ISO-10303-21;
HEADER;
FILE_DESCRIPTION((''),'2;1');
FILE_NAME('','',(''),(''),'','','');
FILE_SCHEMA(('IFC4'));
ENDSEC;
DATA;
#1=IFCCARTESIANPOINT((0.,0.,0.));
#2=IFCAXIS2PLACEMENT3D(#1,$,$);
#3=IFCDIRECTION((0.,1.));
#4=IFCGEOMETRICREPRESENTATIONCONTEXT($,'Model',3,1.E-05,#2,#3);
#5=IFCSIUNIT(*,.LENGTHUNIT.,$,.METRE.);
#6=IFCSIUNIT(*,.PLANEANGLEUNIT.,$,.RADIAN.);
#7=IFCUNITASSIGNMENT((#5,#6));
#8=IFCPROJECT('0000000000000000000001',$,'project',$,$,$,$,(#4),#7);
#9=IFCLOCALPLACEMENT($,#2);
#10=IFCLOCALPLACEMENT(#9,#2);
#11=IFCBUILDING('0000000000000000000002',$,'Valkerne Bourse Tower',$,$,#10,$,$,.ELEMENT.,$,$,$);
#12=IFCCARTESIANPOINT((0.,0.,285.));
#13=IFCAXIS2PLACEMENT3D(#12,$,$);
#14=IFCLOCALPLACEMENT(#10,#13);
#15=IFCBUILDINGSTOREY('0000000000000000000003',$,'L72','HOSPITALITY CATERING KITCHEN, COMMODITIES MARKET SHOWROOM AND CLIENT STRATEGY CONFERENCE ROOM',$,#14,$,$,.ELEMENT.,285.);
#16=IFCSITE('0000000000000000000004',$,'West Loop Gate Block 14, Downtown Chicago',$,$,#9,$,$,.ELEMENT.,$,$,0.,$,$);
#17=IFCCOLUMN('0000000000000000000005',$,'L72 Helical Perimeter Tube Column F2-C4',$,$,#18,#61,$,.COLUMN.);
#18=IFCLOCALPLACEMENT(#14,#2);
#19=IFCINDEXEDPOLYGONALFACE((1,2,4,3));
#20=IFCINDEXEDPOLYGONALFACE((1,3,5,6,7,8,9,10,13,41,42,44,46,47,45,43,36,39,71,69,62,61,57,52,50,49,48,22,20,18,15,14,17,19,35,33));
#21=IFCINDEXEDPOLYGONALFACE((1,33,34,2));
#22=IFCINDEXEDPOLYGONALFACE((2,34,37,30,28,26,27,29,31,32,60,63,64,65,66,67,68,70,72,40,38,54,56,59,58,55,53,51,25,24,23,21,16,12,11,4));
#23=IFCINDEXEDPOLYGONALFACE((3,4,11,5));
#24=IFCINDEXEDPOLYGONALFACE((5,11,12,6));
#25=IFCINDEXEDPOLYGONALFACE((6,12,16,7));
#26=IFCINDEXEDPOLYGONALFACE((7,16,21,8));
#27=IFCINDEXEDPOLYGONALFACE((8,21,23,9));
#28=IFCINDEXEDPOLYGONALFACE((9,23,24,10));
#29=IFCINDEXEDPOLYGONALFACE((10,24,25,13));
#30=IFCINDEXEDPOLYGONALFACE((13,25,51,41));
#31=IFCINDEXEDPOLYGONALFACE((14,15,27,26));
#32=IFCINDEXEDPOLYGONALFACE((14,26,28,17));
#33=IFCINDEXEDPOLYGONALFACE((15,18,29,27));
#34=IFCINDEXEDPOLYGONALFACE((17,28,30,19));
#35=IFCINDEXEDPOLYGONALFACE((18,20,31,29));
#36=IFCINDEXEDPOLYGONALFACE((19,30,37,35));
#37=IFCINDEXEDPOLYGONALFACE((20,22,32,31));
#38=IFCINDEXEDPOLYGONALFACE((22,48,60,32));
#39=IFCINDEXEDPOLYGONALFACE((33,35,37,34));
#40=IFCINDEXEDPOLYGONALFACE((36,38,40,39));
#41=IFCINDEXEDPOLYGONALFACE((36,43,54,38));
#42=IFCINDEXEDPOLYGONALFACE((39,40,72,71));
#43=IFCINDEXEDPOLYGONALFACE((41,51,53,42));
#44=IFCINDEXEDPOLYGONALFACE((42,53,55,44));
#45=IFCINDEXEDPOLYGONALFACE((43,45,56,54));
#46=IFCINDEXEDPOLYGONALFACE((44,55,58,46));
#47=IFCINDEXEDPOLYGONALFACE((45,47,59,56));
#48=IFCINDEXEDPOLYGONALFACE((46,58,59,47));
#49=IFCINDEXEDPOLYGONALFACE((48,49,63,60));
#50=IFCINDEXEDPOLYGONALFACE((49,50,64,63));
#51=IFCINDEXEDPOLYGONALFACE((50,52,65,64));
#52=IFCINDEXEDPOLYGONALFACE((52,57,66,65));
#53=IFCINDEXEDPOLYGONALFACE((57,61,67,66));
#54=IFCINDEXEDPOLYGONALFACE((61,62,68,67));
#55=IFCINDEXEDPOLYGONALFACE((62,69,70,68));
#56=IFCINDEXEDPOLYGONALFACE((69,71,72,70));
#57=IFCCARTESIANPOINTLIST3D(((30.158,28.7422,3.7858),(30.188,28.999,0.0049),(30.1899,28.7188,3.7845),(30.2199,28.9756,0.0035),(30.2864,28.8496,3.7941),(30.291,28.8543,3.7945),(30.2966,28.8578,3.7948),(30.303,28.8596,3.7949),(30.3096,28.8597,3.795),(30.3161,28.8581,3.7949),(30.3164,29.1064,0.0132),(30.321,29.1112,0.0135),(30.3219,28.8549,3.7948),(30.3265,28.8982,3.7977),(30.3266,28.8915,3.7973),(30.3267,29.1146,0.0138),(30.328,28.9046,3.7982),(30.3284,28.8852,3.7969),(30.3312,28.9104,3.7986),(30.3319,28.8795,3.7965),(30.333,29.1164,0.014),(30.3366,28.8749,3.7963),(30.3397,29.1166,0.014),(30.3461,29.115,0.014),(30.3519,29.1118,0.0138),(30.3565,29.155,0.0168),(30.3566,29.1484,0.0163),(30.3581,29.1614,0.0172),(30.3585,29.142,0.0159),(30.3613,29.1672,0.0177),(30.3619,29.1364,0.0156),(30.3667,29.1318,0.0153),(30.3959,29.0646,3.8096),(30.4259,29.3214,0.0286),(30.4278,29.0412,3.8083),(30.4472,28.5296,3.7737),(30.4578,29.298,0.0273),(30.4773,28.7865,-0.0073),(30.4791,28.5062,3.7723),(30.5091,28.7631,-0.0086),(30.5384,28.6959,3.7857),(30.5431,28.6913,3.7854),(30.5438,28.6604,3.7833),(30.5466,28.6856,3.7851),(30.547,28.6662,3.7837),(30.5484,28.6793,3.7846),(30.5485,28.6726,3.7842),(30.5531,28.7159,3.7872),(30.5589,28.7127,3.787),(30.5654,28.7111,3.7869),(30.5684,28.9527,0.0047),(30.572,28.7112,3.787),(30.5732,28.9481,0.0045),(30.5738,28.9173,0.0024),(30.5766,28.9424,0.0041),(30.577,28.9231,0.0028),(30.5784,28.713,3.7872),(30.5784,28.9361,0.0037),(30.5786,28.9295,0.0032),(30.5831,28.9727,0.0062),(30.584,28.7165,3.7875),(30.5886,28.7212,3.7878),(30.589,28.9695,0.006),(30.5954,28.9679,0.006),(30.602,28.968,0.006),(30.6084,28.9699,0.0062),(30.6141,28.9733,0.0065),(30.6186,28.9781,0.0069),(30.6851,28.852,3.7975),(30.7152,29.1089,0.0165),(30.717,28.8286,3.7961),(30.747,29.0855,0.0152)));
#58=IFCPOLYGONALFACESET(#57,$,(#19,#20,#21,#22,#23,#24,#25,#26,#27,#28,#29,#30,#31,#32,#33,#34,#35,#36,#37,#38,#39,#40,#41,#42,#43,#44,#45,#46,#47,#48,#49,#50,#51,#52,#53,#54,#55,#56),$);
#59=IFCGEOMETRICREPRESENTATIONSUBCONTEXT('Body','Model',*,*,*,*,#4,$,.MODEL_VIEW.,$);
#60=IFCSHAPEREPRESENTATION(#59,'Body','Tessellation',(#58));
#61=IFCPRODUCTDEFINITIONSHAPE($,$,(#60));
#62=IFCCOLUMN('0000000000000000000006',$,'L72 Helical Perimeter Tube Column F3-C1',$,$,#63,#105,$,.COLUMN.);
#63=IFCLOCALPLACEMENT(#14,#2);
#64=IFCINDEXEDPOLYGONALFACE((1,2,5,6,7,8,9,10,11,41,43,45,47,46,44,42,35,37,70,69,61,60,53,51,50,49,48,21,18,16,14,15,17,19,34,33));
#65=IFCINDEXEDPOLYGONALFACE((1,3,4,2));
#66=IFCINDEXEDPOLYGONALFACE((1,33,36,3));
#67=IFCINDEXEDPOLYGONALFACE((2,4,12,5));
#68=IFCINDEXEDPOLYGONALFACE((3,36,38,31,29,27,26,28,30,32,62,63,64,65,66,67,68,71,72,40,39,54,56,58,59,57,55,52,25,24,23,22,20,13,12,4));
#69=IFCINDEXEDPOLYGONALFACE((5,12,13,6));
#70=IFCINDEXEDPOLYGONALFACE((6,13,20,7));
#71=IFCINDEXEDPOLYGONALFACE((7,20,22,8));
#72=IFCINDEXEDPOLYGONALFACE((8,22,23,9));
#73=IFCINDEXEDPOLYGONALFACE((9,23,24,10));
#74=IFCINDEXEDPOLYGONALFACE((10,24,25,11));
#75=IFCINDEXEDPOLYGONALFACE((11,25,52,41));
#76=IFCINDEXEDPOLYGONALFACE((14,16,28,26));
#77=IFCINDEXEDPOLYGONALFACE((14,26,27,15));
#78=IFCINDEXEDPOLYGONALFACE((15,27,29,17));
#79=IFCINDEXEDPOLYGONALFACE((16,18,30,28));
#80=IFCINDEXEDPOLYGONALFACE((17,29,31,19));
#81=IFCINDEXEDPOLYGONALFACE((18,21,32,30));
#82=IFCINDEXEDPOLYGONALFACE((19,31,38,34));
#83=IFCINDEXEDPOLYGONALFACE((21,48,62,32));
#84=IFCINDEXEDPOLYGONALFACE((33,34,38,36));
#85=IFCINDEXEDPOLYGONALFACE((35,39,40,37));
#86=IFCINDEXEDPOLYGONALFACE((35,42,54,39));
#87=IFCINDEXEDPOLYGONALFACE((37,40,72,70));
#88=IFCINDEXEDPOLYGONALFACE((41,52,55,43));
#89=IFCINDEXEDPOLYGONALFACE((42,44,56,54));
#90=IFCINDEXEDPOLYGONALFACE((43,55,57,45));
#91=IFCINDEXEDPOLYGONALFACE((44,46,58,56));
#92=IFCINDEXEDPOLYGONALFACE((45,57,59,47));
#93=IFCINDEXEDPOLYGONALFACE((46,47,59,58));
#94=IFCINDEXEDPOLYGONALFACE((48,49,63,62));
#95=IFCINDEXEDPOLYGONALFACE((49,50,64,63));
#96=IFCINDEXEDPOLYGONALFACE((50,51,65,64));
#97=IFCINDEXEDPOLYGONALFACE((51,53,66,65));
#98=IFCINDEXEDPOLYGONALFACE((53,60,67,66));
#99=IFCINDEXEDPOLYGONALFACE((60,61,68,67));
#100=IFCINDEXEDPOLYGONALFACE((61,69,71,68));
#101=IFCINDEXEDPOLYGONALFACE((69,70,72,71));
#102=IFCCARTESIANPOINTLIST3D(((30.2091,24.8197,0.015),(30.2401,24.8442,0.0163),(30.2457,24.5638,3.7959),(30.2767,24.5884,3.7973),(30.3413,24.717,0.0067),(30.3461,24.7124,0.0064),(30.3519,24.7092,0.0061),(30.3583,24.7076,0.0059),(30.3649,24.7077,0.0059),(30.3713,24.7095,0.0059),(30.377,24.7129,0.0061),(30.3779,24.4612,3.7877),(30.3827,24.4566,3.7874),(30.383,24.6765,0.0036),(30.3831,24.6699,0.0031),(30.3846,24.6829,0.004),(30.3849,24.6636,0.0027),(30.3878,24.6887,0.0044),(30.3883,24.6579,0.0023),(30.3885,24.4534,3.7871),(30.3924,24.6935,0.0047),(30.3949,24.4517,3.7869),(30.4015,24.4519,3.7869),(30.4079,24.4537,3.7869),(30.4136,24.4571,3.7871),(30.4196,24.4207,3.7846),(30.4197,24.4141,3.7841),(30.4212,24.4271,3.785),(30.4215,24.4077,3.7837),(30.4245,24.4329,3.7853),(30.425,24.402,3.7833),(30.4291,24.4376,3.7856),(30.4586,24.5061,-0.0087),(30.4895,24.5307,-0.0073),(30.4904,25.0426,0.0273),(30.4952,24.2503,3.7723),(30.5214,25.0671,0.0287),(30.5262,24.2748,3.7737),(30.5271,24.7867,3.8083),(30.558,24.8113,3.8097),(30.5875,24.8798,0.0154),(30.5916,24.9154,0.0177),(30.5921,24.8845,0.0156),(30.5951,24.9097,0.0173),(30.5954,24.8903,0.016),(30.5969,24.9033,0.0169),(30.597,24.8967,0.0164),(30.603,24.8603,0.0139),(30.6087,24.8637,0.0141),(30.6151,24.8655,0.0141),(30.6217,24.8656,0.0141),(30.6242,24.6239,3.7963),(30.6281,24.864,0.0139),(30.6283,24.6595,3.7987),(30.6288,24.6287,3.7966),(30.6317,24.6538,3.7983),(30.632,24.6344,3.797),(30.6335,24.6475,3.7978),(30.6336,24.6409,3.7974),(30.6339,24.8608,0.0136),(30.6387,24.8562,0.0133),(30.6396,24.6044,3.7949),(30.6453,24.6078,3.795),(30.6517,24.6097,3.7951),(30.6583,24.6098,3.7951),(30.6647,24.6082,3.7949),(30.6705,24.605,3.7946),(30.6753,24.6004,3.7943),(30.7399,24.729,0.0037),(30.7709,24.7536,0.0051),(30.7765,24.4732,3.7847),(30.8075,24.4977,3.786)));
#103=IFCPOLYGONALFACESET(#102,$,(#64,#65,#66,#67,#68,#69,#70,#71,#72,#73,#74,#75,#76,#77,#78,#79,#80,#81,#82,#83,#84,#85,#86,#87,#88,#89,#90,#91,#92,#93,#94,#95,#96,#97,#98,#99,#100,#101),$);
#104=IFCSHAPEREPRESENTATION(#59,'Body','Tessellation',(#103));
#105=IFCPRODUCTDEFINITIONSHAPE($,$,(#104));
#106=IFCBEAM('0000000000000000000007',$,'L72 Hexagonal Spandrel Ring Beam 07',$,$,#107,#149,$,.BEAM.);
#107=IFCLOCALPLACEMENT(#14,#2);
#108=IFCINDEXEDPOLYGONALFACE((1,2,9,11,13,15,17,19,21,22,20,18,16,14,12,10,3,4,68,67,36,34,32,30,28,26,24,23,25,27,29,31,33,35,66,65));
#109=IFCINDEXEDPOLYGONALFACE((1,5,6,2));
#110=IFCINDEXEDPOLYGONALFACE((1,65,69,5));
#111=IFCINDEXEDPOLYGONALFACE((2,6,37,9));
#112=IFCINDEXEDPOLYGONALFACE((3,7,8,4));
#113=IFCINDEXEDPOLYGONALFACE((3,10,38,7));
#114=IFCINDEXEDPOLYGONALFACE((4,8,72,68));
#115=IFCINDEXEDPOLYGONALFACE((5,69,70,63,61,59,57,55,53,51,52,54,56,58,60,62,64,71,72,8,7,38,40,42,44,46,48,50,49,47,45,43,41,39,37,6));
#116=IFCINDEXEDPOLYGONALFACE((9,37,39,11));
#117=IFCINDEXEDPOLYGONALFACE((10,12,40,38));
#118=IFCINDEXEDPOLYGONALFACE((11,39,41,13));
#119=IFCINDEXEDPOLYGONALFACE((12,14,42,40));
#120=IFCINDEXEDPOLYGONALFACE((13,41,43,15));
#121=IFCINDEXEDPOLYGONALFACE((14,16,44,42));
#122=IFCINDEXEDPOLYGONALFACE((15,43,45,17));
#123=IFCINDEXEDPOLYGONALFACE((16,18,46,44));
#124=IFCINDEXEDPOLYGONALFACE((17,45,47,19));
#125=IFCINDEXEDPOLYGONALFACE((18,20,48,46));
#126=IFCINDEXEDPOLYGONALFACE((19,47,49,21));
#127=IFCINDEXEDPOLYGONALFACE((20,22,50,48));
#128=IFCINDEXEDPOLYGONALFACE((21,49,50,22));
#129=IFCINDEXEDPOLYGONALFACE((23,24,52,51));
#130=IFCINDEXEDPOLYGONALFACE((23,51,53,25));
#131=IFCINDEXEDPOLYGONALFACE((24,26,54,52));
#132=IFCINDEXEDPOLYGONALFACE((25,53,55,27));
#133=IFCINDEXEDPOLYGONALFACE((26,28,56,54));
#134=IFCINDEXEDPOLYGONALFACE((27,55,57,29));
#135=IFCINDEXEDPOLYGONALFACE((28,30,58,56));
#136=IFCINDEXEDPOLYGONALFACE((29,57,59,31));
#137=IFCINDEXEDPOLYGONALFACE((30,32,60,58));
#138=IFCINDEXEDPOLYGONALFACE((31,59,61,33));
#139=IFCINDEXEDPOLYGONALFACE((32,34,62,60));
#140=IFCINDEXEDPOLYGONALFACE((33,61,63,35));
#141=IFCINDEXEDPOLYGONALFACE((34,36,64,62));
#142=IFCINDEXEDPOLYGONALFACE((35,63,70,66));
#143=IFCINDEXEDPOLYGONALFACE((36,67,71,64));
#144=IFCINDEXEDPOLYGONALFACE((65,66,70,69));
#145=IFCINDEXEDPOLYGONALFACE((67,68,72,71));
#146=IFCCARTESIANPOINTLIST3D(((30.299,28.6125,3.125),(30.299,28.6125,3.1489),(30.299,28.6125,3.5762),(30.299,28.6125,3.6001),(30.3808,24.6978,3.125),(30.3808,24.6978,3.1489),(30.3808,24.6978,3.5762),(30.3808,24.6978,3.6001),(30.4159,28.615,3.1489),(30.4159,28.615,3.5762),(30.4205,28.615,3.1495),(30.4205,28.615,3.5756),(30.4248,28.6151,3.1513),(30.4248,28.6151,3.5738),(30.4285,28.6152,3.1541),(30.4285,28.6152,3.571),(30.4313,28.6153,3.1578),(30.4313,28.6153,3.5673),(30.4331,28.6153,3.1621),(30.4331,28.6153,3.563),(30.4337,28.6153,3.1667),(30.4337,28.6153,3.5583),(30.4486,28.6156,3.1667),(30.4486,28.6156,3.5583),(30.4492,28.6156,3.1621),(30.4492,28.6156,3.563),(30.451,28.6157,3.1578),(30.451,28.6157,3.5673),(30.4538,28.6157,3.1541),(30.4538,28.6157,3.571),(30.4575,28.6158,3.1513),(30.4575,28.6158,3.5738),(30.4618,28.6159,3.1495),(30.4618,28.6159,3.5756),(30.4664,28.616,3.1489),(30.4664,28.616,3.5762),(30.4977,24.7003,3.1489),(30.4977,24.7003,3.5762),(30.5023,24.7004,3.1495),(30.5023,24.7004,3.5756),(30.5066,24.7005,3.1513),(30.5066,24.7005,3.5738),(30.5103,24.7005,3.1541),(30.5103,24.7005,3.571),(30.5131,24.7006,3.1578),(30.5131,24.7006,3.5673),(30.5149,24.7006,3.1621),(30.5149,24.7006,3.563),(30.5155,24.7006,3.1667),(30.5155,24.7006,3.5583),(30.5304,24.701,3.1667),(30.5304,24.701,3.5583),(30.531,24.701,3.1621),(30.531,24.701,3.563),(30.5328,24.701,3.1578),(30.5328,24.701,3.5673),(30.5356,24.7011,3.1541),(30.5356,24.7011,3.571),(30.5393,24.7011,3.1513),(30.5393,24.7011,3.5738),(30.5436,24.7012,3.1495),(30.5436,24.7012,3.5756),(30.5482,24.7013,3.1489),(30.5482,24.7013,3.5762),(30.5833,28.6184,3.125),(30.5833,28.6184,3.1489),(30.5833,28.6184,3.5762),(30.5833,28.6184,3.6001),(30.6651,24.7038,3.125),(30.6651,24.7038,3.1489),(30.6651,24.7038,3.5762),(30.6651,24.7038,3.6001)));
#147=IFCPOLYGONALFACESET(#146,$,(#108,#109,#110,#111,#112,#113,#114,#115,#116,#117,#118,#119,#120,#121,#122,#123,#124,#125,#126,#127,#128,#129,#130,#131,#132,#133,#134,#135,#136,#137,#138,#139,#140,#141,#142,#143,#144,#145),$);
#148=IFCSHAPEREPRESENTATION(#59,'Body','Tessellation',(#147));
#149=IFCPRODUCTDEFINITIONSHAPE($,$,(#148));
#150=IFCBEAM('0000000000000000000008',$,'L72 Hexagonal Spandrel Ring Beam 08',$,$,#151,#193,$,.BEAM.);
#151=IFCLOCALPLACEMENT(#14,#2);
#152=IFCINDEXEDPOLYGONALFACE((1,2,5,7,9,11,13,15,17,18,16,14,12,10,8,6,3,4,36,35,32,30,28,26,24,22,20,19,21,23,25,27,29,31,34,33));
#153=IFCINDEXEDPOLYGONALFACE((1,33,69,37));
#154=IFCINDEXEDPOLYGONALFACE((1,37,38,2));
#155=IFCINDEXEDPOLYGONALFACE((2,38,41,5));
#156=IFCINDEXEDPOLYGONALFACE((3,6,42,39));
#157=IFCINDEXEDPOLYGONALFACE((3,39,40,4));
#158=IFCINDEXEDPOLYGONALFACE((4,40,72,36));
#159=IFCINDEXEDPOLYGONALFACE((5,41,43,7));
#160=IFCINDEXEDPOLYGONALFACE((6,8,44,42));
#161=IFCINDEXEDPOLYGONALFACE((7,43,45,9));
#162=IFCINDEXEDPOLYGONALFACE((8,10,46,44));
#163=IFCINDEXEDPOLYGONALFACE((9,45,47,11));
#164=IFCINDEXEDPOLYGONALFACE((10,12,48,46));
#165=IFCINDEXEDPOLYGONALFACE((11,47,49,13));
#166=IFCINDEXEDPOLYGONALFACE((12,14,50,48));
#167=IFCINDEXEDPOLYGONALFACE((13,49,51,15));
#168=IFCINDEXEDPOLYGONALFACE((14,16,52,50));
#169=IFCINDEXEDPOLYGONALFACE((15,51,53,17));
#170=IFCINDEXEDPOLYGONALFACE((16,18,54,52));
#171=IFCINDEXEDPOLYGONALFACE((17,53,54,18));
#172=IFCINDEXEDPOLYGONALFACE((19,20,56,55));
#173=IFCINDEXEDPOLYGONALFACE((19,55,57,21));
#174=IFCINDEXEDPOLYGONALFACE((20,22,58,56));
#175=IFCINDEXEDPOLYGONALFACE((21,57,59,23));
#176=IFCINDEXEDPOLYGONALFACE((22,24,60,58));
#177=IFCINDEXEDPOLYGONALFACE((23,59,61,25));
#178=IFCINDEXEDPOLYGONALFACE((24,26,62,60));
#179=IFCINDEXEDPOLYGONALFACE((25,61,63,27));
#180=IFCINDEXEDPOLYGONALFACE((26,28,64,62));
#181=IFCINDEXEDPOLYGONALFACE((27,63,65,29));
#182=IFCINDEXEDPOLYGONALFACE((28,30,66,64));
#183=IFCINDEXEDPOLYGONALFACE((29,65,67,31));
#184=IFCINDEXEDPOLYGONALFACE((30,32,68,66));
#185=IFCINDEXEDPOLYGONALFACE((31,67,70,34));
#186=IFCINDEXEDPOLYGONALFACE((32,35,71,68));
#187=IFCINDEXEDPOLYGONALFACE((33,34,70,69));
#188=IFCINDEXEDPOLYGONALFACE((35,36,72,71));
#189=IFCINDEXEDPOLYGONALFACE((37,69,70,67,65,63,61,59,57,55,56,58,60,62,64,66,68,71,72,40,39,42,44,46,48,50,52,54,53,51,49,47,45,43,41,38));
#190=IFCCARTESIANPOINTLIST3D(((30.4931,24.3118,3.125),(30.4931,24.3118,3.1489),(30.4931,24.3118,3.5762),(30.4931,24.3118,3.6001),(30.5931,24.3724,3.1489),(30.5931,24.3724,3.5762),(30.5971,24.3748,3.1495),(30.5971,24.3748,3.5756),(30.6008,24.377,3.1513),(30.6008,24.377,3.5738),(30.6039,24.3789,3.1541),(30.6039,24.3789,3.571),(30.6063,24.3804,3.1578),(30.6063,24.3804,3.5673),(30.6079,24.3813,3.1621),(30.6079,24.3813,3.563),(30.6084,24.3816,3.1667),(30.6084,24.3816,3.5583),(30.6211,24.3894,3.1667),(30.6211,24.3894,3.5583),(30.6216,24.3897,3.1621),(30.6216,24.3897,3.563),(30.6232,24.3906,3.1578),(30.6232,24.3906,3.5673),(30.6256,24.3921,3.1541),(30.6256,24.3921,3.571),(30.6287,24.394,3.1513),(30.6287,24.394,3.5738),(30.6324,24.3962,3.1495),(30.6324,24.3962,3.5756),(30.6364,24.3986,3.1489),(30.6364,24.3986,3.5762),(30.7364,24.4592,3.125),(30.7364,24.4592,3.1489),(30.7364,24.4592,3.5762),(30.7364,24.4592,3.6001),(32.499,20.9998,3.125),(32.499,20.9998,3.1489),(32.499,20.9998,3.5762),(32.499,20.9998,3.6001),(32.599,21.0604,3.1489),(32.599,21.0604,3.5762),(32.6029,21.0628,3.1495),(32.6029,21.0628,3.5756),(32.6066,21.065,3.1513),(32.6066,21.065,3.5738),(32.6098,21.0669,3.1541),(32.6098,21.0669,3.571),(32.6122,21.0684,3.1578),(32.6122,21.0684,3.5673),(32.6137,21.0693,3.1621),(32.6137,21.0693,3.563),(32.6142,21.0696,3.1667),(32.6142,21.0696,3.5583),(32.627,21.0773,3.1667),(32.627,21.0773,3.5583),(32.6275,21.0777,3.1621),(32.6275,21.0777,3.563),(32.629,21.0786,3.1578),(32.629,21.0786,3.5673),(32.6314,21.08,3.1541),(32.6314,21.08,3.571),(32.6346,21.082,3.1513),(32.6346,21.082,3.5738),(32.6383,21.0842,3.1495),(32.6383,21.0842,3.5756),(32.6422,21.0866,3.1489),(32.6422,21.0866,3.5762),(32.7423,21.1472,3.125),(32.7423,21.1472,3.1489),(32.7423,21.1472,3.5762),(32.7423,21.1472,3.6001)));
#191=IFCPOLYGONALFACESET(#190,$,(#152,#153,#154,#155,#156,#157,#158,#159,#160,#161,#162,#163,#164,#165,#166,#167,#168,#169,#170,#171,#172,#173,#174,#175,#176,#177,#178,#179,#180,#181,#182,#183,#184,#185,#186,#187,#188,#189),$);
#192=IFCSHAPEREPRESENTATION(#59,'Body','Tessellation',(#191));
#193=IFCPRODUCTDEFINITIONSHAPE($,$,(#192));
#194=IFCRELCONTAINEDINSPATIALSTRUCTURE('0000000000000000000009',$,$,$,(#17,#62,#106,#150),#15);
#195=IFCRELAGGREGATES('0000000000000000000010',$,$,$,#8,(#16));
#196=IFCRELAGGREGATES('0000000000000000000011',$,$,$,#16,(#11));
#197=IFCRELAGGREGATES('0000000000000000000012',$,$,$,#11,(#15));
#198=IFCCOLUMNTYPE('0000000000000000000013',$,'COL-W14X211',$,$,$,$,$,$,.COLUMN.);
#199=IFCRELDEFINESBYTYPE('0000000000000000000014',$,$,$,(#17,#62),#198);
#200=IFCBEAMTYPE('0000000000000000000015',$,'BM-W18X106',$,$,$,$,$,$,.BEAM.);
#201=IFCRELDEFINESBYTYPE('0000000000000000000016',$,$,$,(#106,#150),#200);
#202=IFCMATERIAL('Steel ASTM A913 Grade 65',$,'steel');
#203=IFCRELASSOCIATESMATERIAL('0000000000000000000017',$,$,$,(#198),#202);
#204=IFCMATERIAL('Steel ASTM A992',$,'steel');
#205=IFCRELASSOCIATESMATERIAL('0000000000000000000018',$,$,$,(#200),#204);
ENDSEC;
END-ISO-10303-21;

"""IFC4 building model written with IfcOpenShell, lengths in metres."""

from ifc_helpers import new_model, si_unit, direction, frame, origin, origin_2d, place, context, subcontext, project, spatial, i_section, extrude, material, material_profile, profile_set, type_object, element, save


model = new_model("IFC4")

# Units and contexts
model_context = context("Model", 3, precision=1e-05, world=origin(), true_north=direction((0.0, 1.0)))
body_context = subcontext(model_context, "Body", "Model", "MODEL_VIEW")
ifc_project = project(units=[si_unit("LENGTHUNIT", "METRE"), si_unit("PLANEANGLEUNIT", "RADIAN")], contexts=[model_context])

# Site, building, storey
site_placement = place(None, origin())
site = spatial("IfcSite", under=ifc_project, at=site_placement, Name="West Loop Gate Block 14, Downtown Chicago", CompositionType="ELEMENT", RefElevation=0.0)
building_placement = place(site_placement, origin())
building = spatial("IfcBuilding", under=site, at=building_placement, Name="Valkerne Bourse Tower", CompositionType="ELEMENT")
storey_placement = place(building_placement, frame((0.0, 0.0, 285.0)))
storey = spatial("IfcBuildingStorey", under=building, at=storey_placement, Name="L72", Description="HOSPITALITY CATERING KITCHEN, COMMODITIES MARKET SHOWROOM AND CLIENT STRATEGY CONFERENCE ROOM", CompositionType="ELEMENT", Elevation=285.0)

# Columns
ifc_material_1 = material(Name="Steel ASTM A913 Grade 65", Category="steel")
ifc_material_profile_1 = material_profile(ifc_material_1, i_section(OverallWidth=0.4014, OverallDepth=0.3987, WebThickness=0.0249, FlangeThickness=0.0396, FilletRadius=0.0254, at=origin_2d()), Name="W14X211")
ifc_profile_set_1 = profile_set([ifc_material_profile_1], Name="Steel ASTM A913 Grade 65")
column_type = type_object("IfcColumnType", Name="COL-W14X211", PredefinedType="COLUMN", material=ifc_profile_set_1)
for number, where, z_axis, x_axis, name in (
    (1, (30.4675, 29.0422, 0.01), (-0.007924, -0.06777, 0.99767), (-0.592745, -0.803207, -0.059268), "L72 Helical Perimeter Tube Column F2-C4"),
    (2, (30.49, 24.7866, 0.01), (0.009663, -0.067512, 0.997672), (0.621484, -0.781211, -0.058884), "L72 Helical Perimeter Tube Column F3-C1"),
):
    element("IfcColumn", number, at=place(storey_placement, frame(where, z_axis=z_axis, x_axis=x_axis)), inside=storey, type_object=column_type, Name=name, PredefinedType="COLUMN", context=body_context, shape_type="SweptSolid", body=[
        extrude(i_section(OverallWidth=0.4014, OverallDepth=0.3987, WebThickness=0.0249, FlangeThickness=0.0396, FilletRadius=0.0254, at=origin_2d()), origin(), (0.0, 0.0, 1.0), 3.7898),
    ])

# Beams
ifc_material_2 = material(Name="Steel ASTM A992", Category="steel")
ifc_material_profile_2 = material_profile(ifc_material_2, i_section(OverallWidth=0.2844, OverallDepth=0.4751, WebThickness=0.0149, FlangeThickness=0.0239, FilletRadius=0.0178, at=origin_2d()), Name="W18X106")
ifc_profile_set_2 = profile_set([ifc_material_profile_2], Name="Steel ASTM A992")
beam_type = type_object("IfcBeamType", Name="BM-W18X106", PredefinedType="BEAM", material=ifc_profile_set_2)
beam_1_placement = place(storey_placement, frame((30.4412, 28.6155, 3.3625), z_axis=(0.020887, -0.999782, 0.0), x_axis=(0.999782, 0.020887, 0.0)))
element("IfcBeam", 3, at=beam_1_placement, inside=storey, type_object=beam_type, Name="L72 Hexagonal Spandrel Ring Beam 07", PredefinedType="BEAM", context=body_context, shape_type="SweptSolid", body=[
    extrude(i_section(OverallWidth=0.2844, OverallDepth=0.4751, WebThickness=0.0149, FlangeThickness=0.0239, FilletRadius=0.0178, at=origin_2d()), origin(), (0.0, 0.0, 1.0), 3.9155),
])
beam_2_placement = place(storey_placement, frame((30.6147, 24.3855, 3.3625), z_axis=(0.518033, -0.85536, 0.0), x_axis=(0.85536, 0.518033, 0.0)))
element("IfcBeam", 4, at=beam_2_placement, inside=storey, type_object=beam_type, Name="L72 Hexagonal Spandrel Ring Beam 08", PredefinedType="BEAM", context=body_context, shape_type="SweptSolid", body=[
    extrude(i_section(OverallWidth=0.2844, OverallDepth=0.4751, WebThickness=0.0149, FlangeThickness=0.0239, FilletRadius=0.0178, at=origin_2d()), origin(), (0.0, 0.0, 1.0), 3.8721),
])

save(model, "model.ifc")
